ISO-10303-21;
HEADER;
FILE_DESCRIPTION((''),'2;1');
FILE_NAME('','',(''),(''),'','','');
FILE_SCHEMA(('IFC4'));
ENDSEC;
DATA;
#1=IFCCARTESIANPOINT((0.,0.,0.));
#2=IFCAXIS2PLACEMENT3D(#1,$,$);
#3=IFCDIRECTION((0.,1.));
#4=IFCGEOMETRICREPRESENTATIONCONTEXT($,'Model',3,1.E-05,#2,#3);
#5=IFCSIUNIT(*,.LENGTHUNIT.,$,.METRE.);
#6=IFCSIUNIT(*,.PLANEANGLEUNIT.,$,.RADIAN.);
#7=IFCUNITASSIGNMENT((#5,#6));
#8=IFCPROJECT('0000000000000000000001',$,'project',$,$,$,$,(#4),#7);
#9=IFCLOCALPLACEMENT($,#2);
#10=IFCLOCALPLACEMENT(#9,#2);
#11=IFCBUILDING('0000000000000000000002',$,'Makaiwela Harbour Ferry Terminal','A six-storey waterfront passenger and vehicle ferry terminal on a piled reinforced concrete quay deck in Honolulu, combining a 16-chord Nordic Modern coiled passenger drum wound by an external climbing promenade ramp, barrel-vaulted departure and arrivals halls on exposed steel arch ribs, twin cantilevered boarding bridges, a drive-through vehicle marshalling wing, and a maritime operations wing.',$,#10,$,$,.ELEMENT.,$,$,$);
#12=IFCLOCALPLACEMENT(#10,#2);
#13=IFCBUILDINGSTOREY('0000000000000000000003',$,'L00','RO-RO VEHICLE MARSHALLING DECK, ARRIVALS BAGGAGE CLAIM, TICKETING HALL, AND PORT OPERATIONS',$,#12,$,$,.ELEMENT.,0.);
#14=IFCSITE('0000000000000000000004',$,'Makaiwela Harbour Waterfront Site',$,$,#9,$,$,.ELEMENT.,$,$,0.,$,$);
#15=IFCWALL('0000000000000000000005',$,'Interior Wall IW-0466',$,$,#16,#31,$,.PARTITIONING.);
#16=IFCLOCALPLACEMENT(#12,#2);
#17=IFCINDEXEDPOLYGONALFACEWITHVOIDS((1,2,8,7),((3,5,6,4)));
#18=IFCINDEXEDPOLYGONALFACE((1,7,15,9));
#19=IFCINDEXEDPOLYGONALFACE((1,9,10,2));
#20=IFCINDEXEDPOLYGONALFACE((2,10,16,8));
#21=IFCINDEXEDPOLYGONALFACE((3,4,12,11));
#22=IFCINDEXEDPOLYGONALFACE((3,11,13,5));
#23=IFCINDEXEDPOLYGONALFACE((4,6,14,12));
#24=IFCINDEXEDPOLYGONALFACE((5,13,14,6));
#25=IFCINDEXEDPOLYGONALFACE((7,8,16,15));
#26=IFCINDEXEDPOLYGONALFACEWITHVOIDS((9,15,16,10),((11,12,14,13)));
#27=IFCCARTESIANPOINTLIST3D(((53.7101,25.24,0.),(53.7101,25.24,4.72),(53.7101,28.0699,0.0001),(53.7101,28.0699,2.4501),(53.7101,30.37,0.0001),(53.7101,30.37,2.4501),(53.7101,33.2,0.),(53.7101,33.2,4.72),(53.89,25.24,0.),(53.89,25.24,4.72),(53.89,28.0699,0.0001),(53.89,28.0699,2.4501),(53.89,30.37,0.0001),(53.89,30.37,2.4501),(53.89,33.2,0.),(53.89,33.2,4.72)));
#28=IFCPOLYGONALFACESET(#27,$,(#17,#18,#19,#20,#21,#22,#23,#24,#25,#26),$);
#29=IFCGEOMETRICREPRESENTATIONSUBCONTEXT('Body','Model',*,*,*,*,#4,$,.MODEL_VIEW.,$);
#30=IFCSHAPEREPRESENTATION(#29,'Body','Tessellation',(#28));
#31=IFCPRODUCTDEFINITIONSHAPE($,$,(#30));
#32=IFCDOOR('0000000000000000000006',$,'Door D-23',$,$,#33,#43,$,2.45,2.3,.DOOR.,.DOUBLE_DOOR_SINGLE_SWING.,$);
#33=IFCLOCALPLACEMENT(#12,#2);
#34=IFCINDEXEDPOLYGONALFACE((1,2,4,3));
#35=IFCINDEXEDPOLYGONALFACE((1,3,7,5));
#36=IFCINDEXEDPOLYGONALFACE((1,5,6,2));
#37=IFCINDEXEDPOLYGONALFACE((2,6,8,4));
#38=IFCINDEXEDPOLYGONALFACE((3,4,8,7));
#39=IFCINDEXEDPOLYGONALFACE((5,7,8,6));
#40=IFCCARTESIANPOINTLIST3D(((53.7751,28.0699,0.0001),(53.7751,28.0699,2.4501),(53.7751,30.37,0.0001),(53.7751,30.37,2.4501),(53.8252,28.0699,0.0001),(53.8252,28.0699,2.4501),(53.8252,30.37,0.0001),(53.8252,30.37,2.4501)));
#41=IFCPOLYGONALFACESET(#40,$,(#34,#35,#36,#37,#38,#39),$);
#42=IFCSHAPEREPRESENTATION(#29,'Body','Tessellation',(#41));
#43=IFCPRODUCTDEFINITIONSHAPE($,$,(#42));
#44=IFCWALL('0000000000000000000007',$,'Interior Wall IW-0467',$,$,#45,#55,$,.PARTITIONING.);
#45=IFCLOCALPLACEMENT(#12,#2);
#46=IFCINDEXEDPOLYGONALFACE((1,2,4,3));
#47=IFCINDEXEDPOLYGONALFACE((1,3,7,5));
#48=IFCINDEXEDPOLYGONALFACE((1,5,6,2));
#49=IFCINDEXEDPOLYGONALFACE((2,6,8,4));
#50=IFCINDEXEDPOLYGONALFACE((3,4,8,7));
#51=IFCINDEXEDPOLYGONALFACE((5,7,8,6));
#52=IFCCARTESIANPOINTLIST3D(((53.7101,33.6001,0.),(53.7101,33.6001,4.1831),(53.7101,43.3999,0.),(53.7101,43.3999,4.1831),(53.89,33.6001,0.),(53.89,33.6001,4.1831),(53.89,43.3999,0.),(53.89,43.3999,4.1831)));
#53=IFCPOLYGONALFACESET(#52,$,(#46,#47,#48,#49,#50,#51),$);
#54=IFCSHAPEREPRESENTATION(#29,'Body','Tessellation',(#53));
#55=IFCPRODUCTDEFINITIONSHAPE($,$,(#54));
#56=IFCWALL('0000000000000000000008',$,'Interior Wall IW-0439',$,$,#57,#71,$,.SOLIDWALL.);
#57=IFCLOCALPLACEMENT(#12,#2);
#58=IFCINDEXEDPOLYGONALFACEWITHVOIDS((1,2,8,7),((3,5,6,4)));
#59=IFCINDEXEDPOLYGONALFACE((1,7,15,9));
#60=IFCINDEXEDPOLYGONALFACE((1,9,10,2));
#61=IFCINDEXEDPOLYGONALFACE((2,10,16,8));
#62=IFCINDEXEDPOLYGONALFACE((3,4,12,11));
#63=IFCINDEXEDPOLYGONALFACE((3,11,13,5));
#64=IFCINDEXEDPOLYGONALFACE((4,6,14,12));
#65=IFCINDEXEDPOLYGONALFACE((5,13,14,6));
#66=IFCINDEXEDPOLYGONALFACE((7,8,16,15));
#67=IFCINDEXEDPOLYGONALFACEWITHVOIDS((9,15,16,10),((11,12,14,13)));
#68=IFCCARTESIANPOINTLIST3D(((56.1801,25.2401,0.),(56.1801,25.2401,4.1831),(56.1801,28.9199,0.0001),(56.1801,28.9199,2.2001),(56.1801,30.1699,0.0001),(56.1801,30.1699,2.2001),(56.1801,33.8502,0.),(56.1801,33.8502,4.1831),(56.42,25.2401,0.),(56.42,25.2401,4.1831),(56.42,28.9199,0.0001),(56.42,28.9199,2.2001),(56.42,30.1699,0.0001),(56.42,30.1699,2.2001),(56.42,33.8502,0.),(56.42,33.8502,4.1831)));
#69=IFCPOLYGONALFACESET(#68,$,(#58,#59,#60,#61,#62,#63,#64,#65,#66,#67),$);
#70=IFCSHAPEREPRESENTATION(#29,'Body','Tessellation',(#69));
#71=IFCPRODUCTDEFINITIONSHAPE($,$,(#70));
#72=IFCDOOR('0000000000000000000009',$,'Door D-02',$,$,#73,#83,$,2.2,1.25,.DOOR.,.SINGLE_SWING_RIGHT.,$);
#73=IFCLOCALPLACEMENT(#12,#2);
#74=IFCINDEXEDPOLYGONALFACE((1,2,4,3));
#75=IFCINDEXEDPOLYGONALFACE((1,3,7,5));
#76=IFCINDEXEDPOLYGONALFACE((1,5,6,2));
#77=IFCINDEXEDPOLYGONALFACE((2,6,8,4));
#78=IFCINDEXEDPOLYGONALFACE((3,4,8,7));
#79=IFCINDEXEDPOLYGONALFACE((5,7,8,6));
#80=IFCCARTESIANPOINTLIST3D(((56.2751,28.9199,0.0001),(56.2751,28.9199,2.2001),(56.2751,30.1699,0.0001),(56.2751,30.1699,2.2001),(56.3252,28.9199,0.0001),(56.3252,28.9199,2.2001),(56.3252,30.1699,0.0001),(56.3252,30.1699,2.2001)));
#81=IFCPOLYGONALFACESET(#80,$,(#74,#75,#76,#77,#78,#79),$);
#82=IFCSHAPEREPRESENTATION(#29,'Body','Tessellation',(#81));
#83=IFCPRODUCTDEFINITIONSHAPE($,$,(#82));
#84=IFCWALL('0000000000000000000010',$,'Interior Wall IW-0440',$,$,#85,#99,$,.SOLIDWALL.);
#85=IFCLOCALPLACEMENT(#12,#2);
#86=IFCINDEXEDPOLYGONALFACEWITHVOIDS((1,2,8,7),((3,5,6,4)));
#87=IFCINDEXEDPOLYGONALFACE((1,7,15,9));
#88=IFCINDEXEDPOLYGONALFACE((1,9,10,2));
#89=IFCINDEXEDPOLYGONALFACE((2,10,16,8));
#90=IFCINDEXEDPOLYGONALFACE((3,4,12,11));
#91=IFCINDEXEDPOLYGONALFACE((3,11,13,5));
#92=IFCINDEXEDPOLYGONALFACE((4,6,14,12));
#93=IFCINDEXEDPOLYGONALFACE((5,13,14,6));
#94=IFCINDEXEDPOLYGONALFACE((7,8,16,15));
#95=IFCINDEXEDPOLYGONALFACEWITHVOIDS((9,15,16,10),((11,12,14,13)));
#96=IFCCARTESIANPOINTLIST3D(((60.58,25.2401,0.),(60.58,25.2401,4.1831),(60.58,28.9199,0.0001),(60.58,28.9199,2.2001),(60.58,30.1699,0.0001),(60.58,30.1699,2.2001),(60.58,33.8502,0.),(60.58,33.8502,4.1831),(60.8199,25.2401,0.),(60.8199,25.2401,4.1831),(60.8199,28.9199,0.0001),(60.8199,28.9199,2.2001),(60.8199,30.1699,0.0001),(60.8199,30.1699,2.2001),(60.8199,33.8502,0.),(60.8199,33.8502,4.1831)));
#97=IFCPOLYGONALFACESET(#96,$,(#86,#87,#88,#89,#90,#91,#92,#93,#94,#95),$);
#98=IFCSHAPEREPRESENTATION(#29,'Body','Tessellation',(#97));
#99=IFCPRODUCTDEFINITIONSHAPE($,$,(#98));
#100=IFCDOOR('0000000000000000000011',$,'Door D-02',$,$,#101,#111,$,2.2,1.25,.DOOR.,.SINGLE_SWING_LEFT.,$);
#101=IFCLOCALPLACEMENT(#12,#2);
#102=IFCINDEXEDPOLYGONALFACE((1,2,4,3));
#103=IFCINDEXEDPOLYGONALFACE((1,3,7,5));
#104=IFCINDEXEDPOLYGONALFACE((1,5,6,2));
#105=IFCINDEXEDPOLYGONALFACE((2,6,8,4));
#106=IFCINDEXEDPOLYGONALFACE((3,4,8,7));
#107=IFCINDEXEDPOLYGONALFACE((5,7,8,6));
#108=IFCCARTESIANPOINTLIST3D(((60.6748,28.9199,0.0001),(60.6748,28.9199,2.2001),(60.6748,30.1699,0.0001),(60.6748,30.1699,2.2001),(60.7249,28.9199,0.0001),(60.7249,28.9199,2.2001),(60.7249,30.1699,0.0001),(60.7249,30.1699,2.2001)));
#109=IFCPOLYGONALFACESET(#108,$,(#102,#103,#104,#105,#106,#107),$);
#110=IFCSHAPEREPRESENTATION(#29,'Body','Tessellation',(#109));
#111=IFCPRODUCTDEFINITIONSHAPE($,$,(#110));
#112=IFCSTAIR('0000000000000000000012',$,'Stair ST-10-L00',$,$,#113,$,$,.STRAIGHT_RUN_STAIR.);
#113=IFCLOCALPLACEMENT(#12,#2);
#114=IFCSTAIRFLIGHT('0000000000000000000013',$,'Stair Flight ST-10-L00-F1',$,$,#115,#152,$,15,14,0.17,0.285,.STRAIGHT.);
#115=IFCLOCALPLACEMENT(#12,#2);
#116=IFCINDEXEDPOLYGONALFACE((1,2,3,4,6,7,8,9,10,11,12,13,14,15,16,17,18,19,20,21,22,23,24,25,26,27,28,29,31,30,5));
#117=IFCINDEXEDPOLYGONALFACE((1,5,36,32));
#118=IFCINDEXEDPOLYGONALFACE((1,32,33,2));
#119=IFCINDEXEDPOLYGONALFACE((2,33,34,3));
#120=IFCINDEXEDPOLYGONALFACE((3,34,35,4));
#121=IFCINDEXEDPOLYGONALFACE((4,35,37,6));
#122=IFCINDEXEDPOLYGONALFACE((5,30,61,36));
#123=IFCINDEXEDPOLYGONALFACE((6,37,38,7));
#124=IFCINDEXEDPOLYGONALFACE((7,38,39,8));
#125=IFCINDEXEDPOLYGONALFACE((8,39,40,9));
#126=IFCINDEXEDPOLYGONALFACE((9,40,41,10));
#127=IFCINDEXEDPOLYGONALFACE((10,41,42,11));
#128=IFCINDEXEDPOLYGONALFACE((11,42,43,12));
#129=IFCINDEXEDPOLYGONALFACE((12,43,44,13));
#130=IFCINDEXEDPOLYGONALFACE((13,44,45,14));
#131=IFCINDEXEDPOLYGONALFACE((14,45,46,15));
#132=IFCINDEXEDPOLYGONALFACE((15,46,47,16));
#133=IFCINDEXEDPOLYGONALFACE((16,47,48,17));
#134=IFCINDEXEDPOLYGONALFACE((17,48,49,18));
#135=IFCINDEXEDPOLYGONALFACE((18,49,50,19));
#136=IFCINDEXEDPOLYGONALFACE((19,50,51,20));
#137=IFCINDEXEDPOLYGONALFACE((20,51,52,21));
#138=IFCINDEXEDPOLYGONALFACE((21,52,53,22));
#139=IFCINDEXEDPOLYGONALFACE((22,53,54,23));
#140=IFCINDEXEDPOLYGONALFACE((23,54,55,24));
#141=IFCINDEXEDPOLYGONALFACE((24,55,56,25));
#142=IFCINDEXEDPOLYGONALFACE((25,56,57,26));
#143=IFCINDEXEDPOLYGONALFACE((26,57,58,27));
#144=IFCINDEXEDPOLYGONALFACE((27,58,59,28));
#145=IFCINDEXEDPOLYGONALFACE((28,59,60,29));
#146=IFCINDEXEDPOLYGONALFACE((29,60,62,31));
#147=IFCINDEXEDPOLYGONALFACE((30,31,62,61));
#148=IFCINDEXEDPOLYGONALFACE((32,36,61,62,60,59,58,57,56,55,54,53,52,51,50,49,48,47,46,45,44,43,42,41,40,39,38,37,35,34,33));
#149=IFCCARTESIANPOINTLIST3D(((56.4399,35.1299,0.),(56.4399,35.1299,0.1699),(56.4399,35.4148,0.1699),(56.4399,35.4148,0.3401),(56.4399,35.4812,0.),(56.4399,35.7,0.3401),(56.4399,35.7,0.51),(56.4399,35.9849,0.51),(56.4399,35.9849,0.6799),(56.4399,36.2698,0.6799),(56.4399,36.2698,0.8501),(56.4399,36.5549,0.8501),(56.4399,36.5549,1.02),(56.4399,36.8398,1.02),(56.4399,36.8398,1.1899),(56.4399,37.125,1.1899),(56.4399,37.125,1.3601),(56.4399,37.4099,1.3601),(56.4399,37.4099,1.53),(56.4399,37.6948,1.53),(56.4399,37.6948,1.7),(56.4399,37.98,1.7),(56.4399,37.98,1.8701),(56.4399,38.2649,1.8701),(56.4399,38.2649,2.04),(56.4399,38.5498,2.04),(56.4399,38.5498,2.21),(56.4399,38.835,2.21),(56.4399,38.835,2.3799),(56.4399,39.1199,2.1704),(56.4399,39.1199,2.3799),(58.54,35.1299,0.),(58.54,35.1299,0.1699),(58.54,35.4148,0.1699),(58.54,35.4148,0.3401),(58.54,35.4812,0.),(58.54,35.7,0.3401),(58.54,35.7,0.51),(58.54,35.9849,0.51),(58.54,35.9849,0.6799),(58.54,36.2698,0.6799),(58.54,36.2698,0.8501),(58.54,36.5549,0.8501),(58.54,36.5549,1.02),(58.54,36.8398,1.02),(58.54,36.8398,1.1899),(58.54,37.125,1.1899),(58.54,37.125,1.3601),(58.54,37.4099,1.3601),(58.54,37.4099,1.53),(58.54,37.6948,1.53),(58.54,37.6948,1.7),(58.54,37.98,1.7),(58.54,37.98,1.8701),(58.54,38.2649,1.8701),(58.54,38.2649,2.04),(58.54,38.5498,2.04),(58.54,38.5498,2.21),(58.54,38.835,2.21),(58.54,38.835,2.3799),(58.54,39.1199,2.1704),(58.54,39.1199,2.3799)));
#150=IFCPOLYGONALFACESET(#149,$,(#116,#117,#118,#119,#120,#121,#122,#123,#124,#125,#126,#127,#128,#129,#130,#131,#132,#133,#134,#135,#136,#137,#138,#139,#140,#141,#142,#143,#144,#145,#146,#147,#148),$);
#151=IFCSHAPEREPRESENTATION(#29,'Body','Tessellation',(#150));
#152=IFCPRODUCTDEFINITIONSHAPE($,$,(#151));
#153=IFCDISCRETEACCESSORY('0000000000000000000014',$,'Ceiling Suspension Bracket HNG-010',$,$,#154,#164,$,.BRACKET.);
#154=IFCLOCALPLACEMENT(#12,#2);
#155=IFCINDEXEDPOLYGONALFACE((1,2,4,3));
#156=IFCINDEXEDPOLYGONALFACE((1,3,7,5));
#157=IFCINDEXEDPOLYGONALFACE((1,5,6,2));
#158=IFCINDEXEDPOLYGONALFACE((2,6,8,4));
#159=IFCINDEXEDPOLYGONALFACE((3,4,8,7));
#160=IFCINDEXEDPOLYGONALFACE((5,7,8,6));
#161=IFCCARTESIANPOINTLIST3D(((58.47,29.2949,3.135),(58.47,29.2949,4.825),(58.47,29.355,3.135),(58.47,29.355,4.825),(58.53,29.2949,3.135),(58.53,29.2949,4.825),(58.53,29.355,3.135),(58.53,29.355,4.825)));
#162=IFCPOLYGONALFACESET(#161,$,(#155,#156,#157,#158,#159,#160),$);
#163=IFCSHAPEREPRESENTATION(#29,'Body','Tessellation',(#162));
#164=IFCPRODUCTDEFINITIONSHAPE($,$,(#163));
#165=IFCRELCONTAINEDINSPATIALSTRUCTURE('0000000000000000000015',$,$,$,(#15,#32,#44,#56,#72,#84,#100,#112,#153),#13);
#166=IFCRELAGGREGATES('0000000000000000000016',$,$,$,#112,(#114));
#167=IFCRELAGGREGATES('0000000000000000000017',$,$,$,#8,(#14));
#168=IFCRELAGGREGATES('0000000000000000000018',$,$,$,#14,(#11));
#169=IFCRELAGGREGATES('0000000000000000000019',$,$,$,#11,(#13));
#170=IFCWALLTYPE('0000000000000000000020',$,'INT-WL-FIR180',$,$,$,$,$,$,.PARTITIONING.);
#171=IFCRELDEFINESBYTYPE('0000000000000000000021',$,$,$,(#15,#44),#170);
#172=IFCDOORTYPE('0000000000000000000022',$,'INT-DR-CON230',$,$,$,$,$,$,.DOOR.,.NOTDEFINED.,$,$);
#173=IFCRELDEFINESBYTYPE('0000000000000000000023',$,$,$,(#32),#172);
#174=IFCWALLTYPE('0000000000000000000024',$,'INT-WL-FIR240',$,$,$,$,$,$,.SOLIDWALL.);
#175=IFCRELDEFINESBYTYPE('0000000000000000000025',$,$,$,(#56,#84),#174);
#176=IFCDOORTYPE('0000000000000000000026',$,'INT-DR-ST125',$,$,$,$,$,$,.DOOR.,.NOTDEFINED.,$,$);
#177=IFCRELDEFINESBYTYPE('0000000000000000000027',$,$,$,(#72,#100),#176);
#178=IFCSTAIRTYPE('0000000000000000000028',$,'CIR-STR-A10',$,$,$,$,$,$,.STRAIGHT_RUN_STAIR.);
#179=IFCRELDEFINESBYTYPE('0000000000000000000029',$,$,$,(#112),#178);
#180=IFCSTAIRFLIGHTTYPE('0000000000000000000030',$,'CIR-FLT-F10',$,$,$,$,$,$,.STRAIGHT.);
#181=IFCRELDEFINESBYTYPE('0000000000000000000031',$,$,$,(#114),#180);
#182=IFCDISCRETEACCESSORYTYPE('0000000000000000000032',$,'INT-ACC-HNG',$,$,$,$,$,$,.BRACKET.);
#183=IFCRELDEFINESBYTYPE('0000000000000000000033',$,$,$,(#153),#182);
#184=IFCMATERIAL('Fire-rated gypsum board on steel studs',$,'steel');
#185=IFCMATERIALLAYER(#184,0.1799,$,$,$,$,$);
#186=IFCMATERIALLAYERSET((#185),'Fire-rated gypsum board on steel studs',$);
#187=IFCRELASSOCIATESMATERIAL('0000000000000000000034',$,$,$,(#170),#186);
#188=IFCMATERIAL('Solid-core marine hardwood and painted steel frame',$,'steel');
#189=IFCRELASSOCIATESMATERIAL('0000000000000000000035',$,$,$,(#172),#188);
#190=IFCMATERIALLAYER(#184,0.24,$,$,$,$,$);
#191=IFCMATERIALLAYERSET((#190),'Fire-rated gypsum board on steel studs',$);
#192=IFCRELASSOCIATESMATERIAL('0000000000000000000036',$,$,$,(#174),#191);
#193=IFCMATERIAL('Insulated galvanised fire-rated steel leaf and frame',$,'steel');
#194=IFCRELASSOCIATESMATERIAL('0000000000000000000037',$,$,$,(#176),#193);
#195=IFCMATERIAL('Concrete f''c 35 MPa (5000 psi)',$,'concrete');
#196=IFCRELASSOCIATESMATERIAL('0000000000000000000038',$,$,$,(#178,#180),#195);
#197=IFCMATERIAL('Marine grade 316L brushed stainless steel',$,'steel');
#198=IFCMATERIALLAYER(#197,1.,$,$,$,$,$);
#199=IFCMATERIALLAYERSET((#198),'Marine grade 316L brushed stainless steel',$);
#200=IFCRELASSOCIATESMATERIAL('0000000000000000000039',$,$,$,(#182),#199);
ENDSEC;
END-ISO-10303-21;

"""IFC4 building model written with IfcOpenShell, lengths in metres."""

from ifc_helpers import new_model, si_unit, direction, frame, frame_2d, origin, origin_2d, place, context, subcontext, project, spatial, polyline, rectangle, outline, extrude, material, layer, layer_set, type_object, element, fill, aggregate, save


model = new_model("IFC4")

# Units and contexts
model_context = context("Model", 3, precision=1e-05, world=origin(), true_north=direction((0.0, 1.0)))
body_context = subcontext(model_context, "Body", "Model", "MODEL_VIEW")
ifc_project = project(units=[si_unit("LENGTHUNIT", "METRE"), si_unit("PLANEANGLEUNIT", "RADIAN")], contexts=[model_context])

# Site, building, storey
site_placement = place(None, origin())
site = spatial("IfcSite", under=ifc_project, at=site_placement, Name="Makaiwela Harbour Waterfront Site", CompositionType="ELEMENT", RefElevation=0.0)
building_placement = place(site_placement, origin())
building = spatial("IfcBuilding", under=site, at=building_placement, Name="Makaiwela Harbour Ferry Terminal", Description="A six-storey waterfront passenger and vehicle ferry terminal on a piled reinforced concrete quay deck in Honolulu, combining a 16-chord Nordic Modern coiled passenger drum wound by an external climbing promenade ramp, barrel-vaulted departure and arrivals halls on exposed steel arch ribs, twin cantilevered boarding bridges, a drive-through vehicle marshalling wing, and a maritime operations wing.", CompositionType="ELEMENT")
storey_placement = place(building_placement, origin())
storey = spatial("IfcBuildingStorey", under=building, at=storey_placement, Name="L00", Description="RO-RO VEHICLE MARSHALLING DECK, ARRIVALS BAGGAGE CLAIM, TICKETING HALL, AND PORT OPERATIONS", CompositionType="ELEMENT", Elevation=0.0)

# Wall, opening, door
ifc_material_1 = material(Name="Fire-rated gypsum board on steel studs", Category="steel")
ifc_layer_1 = layer(ifc_material_1, 0.1799)
ifc_layer_set_1 = layer_set([ifc_layer_1], Name="Fire-rated gypsum board on steel studs")
wall_type_1 = type_object("IfcWallType", Name="INT-WL-FIR180", PredefinedType="PARTITIONING", material=ifc_layer_set_1)
wall_1_placement = place(storey_placement, frame((53.8, 25.24, 0.0), z_axis=(0.0, 0.0, 1.0), x_axis=(0.0, 1.0, 0.0)))
wall_1 = element("IfcWall", 1, at=wall_1_placement, inside=storey, type_object=wall_type_1, Name="Interior Wall IW-0466", PredefinedType="PARTITIONING", context=body_context, shape_type="SweptSolid", body=[
    extrude(rectangle(XDim=7.96, YDim=0.1799, at=frame_2d((3.98, 0.0))), origin(), (0.0, 0.0, 1.0), 4.72),
])
opening_1_placement = place(wall_1_placement, frame((2.8301, 0.0, 0.0)))
opening_1 = element("IfcOpeningElement", 2, at=opening_1_placement, cuts=wall_1, PredefinedType="OPENING", context=body_context, shape_type="SweptSolid", body=[
    extrude(rectangle(XDim=2.3, YDim=2.45, at=frame_2d((1.1499, 1.2251))), frame((0.0, 0.0999, 0.0), z_axis=(0.0, -1.0, 0.0), x_axis=(1.0, 0.0, 0.0)), (0.0, 0.0, 1.0), 0.2),
])
ifc_material_2 = material(Name="Solid-core marine hardwood and painted steel frame", Category="steel")
door_type_1 = type_object("IfcDoorType", Name="INT-DR-CON230", OperationType="NOTDEFINED", PredefinedType="DOOR", material=ifc_material_2)
door_1_placement = place(opening_1_placement, origin())
door_1 = element("IfcDoor", 3, at=door_1_placement, inside=storey, type_object=door_type_1, Name="Door D-23", OperationType="DOUBLE_DOOR_SINGLE_SWING", OverallHeight=2.45, OverallWidth=2.3, PredefinedType="DOOR", context=body_context, shape_type="SweptSolid", body=[
    extrude(rectangle(XDim=2.3, YDim=2.45, at=frame_2d((1.1499, 1.2251))), frame((0.0, 0.0249, 0.0), z_axis=(0.0, -1.0, 0.0), x_axis=(1.0, 0.0, 0.0)), (0.0, 0.0, 1.0), 0.05),
])
fill(opening_1, door_1)

# Wall
wall_2_placement = place(storey_placement, frame((53.8, 33.6001, 0.0), z_axis=(0.0, 0.0, 1.0), x_axis=(0.0, 1.0, 0.0)))
element("IfcWall", 4, at=wall_2_placement, inside=storey, type_object=wall_type_1, Name="Interior Wall IW-0467", PredefinedType="PARTITIONING", context=body_context, shape_type="SweptSolid", body=[
    extrude(rectangle(XDim=9.7998, YDim=0.1799, at=frame_2d((4.8999, 0.0))), origin(), (0.0, 0.0, 1.0), 4.1831),
])

# Walls, openings, doors
ifc_layer_2 = layer(ifc_material_1, 0.24)
ifc_layer_set_2 = layer_set([ifc_layer_2], Name="Fire-rated gypsum board on steel studs")
wall_type_2 = type_object("IfcWallType", Name="INT-WL-FIR240", PredefinedType="SOLIDWALL", material=ifc_layer_set_2)
wall_3_placement = place(storey_placement, frame((56.3, 25.24, 0.0), z_axis=(0.0, 0.0, 1.0), x_axis=(0.0, 1.0, 0.0)))
wall_3 = element("IfcWall", 5, at=wall_3_placement, inside=storey, type_object=wall_type_2, Name="Interior Wall IW-0439", PredefinedType="SOLIDWALL", context=body_context, shape_type="SweptSolid", body=[
    extrude(rectangle(XDim=8.6101, YDim=0.24, at=frame_2d((4.3052, 0.0))), origin(), (0.0, 0.0, 1.0), 4.1831),
])
opening_2_placement = place(wall_3_placement, frame((3.6799, 0.0, 0.0)))
opening_2 = element("IfcOpeningElement", 6, at=opening_2_placement, cuts=wall_3, PredefinedType="OPENING", context=body_context, shape_type="SweptSolid", body=[
    extrude(rectangle(XDim=1.25, YDim=2.2, at=frame_2d((0.625, 1.1001))), frame((0.0, 0.1299, 0.0), z_axis=(0.0, -1.0, 0.0), x_axis=(1.0, 0.0, 0.0)), (0.0, 0.0, 1.0), 0.26),
])
ifc_material_3 = material(Name="Insulated galvanised fire-rated steel leaf and frame", Category="steel")
door_type_2 = type_object("IfcDoorType", Name="INT-DR-ST125", OperationType="NOTDEFINED", PredefinedType="DOOR", material=ifc_material_3)
door_2_placement = place(opening_2_placement, origin())
door_2 = element("IfcDoor", 7, at=door_2_placement, inside=storey, type_object=door_type_2, Name="Door D-02", OperationType="SINGLE_SWING_RIGHT", OverallHeight=2.2, OverallWidth=1.25, PredefinedType="DOOR", context=body_context, shape_type="SweptSolid", body=[
    extrude(rectangle(XDim=1.25, YDim=2.2, at=frame_2d((0.625, 1.1001))), frame((0.0, 0.0249, 0.0), z_axis=(0.0, -1.0, 0.0), x_axis=(1.0, 0.0, 0.0)), (0.0, 0.0, 1.0), 0.05),
])
fill(opening_2, door_2)
wall_4_placement = place(storey_placement, frame((60.7, 25.24, 0.0), z_axis=(0.0, 0.0, 1.0), x_axis=(0.0, 1.0, 0.0)))
wall_4 = element("IfcWall", 8, at=wall_4_placement, inside=storey, type_object=wall_type_2, Name="Interior Wall IW-0440", PredefinedType="SOLIDWALL", context=body_context, shape_type="SweptSolid", body=[
    extrude(rectangle(XDim=8.6101, YDim=0.24, at=frame_2d((4.3052, 0.0))), origin(), (0.0, 0.0, 1.0), 4.1831),
])
opening_3_placement = place(wall_4_placement, frame((3.6799, 0.0, 0.0)))
opening_3 = element("IfcOpeningElement", 9, at=opening_3_placement, cuts=wall_4, PredefinedType="OPENING", context=body_context, shape_type="SweptSolid", body=[
    extrude(rectangle(XDim=1.25, YDim=2.2, at=frame_2d((0.625, 1.1001))), frame((0.0, 0.1299, 0.0), z_axis=(0.0, -1.0, 0.0), x_axis=(1.0, 0.0, 0.0)), (0.0, 0.0, 1.0), 0.26),
])
door_3_placement = place(opening_3_placement, frame((1.25, 0.0, 0.0), z_axis=(0.0, 0.0, 1.0), x_axis=(-1.0, 0.0, 0.0)))
door_3 = element("IfcDoor", 10, at=door_3_placement, inside=storey, type_object=door_type_2, Name="Door D-02", OperationType="SINGLE_SWING_LEFT", OverallHeight=2.2, OverallWidth=1.25, PredefinedType="DOOR", context=body_context, shape_type="SweptSolid", body=[
    extrude(rectangle(XDim=1.25, YDim=2.2, at=frame_2d((0.625, 1.1001))), frame((0.0, 0.0249, 0.0), z_axis=(0.0, -1.0, 0.0), x_axis=(1.0, 0.0, 0.0)), (0.0, 0.0, 1.0), 0.05),
])
fill(opening_3, door_3)

# Stair, stair flight
ifc_material_4 = material(Name="Concrete f'c 35 MPa (5000 psi)", Category="concrete")
stair_type = type_object("IfcStairType", Name="CIR-STR-A10", PredefinedType="STRAIGHT_RUN_STAIR", material=ifc_material_4)
stair_placement = place(storey_placement, origin())
stair = element("IfcStair", 11, at=stair_placement, inside=storey, type_object=stair_type, Name="Stair ST-10-L00", PredefinedType="STRAIGHT_RUN_STAIR")
stair_flight_type = type_object("IfcStairFlightType", Name="CIR-FLT-F10", PredefinedType="STRAIGHT", material=ifc_material_4)
stair_flight_placement = place(storey_placement, frame((57.49, 35.1299, 0.0), z_axis=(0.0, 0.0, 1.0), x_axis=(0.0, 1.0, 0.0)))
stair_flight = element("IfcStairFlight", 12, at=stair_flight_placement, type_object=stair_flight_type, Name="Stair Flight ST-10-L00-F1", NumberOfRisers=15, NumberOfTreads=14, PredefinedType="STRAIGHT", RiserHeight=0.17, TreadLength=0.285, context=body_context, shape_type="SweptSolid", body=[
    extrude(outline(polyline([(0.0, 0.0), (0.0, 0.1699), (0.2849, 0.1699), (0.2849, 0.3401), (0.5701, 0.3401), (0.5701, 0.51), (0.855, 0.51), (0.855, 0.6799), (1.1399, 0.6799), (1.1399, 0.8501), (1.425, 0.8501), (1.425, 1.02), (1.71, 1.02), (1.71, 1.1899), (1.9951, 1.1899), (1.9951, 1.3601), (2.28, 1.3601), (2.28, 1.53), (2.5649, 1.53), (2.5649, 1.7), (2.8501, 1.7), (2.8501, 1.8701), (3.135, 1.8701), (3.135, 2.04), (3.4199, 2.04), (3.4199, 2.21), (3.7051, 2.21), (3.7051, 2.3799), (3.99, 2.3799), (3.99, 2.55), (3.99, 2.1704), (0.3513, 0.0), (0.0, 0.0)])), frame((0.0, 1.05, 0.0), z_axis=(0.0, -1.0, 0.0), x_axis=(1.0, 0.0, 0.0)), (0.0, 0.0, 1.0), 2.1001),
])
aggregate(stair, [stair_flight])

# Shared definitions
ifc_material_5 = material(Name="Marine grade 316L brushed stainless steel", Category="steel")

# Discrete accessory
ifc_layer_3 = layer(ifc_material_5, 1.0)
ifc_layer_set_3 = layer_set([ifc_layer_3], Name="Marine grade 316L brushed stainless steel")
discrete_accessory_type = type_object("IfcDiscreteAccessoryType", Name="INT-ACC-HNG", PredefinedType="BRACKET", material=ifc_layer_set_3)
discrete_accessory_placement = place(storey_placement, frame((58.5, 29.325, 3.135), z_axis=(0.0, 0.0, 1.0), x_axis=(1.0, 0.0, 0.0)))
element("IfcDiscreteAccessory", 13, at=discrete_accessory_placement, inside=storey, type_object=discrete_accessory_type, Name="Ceiling Suspension Bracket HNG-010", PredefinedType="BRACKET", context=body_context, shape_type="SweptSolid", body=[
    extrude(rectangle(XDim=0.0601, YDim=0.0601, at=origin_2d()), origin(), (0.0, 0.0, 1.0), 1.6899),
])

save(model, "model.ifc")
